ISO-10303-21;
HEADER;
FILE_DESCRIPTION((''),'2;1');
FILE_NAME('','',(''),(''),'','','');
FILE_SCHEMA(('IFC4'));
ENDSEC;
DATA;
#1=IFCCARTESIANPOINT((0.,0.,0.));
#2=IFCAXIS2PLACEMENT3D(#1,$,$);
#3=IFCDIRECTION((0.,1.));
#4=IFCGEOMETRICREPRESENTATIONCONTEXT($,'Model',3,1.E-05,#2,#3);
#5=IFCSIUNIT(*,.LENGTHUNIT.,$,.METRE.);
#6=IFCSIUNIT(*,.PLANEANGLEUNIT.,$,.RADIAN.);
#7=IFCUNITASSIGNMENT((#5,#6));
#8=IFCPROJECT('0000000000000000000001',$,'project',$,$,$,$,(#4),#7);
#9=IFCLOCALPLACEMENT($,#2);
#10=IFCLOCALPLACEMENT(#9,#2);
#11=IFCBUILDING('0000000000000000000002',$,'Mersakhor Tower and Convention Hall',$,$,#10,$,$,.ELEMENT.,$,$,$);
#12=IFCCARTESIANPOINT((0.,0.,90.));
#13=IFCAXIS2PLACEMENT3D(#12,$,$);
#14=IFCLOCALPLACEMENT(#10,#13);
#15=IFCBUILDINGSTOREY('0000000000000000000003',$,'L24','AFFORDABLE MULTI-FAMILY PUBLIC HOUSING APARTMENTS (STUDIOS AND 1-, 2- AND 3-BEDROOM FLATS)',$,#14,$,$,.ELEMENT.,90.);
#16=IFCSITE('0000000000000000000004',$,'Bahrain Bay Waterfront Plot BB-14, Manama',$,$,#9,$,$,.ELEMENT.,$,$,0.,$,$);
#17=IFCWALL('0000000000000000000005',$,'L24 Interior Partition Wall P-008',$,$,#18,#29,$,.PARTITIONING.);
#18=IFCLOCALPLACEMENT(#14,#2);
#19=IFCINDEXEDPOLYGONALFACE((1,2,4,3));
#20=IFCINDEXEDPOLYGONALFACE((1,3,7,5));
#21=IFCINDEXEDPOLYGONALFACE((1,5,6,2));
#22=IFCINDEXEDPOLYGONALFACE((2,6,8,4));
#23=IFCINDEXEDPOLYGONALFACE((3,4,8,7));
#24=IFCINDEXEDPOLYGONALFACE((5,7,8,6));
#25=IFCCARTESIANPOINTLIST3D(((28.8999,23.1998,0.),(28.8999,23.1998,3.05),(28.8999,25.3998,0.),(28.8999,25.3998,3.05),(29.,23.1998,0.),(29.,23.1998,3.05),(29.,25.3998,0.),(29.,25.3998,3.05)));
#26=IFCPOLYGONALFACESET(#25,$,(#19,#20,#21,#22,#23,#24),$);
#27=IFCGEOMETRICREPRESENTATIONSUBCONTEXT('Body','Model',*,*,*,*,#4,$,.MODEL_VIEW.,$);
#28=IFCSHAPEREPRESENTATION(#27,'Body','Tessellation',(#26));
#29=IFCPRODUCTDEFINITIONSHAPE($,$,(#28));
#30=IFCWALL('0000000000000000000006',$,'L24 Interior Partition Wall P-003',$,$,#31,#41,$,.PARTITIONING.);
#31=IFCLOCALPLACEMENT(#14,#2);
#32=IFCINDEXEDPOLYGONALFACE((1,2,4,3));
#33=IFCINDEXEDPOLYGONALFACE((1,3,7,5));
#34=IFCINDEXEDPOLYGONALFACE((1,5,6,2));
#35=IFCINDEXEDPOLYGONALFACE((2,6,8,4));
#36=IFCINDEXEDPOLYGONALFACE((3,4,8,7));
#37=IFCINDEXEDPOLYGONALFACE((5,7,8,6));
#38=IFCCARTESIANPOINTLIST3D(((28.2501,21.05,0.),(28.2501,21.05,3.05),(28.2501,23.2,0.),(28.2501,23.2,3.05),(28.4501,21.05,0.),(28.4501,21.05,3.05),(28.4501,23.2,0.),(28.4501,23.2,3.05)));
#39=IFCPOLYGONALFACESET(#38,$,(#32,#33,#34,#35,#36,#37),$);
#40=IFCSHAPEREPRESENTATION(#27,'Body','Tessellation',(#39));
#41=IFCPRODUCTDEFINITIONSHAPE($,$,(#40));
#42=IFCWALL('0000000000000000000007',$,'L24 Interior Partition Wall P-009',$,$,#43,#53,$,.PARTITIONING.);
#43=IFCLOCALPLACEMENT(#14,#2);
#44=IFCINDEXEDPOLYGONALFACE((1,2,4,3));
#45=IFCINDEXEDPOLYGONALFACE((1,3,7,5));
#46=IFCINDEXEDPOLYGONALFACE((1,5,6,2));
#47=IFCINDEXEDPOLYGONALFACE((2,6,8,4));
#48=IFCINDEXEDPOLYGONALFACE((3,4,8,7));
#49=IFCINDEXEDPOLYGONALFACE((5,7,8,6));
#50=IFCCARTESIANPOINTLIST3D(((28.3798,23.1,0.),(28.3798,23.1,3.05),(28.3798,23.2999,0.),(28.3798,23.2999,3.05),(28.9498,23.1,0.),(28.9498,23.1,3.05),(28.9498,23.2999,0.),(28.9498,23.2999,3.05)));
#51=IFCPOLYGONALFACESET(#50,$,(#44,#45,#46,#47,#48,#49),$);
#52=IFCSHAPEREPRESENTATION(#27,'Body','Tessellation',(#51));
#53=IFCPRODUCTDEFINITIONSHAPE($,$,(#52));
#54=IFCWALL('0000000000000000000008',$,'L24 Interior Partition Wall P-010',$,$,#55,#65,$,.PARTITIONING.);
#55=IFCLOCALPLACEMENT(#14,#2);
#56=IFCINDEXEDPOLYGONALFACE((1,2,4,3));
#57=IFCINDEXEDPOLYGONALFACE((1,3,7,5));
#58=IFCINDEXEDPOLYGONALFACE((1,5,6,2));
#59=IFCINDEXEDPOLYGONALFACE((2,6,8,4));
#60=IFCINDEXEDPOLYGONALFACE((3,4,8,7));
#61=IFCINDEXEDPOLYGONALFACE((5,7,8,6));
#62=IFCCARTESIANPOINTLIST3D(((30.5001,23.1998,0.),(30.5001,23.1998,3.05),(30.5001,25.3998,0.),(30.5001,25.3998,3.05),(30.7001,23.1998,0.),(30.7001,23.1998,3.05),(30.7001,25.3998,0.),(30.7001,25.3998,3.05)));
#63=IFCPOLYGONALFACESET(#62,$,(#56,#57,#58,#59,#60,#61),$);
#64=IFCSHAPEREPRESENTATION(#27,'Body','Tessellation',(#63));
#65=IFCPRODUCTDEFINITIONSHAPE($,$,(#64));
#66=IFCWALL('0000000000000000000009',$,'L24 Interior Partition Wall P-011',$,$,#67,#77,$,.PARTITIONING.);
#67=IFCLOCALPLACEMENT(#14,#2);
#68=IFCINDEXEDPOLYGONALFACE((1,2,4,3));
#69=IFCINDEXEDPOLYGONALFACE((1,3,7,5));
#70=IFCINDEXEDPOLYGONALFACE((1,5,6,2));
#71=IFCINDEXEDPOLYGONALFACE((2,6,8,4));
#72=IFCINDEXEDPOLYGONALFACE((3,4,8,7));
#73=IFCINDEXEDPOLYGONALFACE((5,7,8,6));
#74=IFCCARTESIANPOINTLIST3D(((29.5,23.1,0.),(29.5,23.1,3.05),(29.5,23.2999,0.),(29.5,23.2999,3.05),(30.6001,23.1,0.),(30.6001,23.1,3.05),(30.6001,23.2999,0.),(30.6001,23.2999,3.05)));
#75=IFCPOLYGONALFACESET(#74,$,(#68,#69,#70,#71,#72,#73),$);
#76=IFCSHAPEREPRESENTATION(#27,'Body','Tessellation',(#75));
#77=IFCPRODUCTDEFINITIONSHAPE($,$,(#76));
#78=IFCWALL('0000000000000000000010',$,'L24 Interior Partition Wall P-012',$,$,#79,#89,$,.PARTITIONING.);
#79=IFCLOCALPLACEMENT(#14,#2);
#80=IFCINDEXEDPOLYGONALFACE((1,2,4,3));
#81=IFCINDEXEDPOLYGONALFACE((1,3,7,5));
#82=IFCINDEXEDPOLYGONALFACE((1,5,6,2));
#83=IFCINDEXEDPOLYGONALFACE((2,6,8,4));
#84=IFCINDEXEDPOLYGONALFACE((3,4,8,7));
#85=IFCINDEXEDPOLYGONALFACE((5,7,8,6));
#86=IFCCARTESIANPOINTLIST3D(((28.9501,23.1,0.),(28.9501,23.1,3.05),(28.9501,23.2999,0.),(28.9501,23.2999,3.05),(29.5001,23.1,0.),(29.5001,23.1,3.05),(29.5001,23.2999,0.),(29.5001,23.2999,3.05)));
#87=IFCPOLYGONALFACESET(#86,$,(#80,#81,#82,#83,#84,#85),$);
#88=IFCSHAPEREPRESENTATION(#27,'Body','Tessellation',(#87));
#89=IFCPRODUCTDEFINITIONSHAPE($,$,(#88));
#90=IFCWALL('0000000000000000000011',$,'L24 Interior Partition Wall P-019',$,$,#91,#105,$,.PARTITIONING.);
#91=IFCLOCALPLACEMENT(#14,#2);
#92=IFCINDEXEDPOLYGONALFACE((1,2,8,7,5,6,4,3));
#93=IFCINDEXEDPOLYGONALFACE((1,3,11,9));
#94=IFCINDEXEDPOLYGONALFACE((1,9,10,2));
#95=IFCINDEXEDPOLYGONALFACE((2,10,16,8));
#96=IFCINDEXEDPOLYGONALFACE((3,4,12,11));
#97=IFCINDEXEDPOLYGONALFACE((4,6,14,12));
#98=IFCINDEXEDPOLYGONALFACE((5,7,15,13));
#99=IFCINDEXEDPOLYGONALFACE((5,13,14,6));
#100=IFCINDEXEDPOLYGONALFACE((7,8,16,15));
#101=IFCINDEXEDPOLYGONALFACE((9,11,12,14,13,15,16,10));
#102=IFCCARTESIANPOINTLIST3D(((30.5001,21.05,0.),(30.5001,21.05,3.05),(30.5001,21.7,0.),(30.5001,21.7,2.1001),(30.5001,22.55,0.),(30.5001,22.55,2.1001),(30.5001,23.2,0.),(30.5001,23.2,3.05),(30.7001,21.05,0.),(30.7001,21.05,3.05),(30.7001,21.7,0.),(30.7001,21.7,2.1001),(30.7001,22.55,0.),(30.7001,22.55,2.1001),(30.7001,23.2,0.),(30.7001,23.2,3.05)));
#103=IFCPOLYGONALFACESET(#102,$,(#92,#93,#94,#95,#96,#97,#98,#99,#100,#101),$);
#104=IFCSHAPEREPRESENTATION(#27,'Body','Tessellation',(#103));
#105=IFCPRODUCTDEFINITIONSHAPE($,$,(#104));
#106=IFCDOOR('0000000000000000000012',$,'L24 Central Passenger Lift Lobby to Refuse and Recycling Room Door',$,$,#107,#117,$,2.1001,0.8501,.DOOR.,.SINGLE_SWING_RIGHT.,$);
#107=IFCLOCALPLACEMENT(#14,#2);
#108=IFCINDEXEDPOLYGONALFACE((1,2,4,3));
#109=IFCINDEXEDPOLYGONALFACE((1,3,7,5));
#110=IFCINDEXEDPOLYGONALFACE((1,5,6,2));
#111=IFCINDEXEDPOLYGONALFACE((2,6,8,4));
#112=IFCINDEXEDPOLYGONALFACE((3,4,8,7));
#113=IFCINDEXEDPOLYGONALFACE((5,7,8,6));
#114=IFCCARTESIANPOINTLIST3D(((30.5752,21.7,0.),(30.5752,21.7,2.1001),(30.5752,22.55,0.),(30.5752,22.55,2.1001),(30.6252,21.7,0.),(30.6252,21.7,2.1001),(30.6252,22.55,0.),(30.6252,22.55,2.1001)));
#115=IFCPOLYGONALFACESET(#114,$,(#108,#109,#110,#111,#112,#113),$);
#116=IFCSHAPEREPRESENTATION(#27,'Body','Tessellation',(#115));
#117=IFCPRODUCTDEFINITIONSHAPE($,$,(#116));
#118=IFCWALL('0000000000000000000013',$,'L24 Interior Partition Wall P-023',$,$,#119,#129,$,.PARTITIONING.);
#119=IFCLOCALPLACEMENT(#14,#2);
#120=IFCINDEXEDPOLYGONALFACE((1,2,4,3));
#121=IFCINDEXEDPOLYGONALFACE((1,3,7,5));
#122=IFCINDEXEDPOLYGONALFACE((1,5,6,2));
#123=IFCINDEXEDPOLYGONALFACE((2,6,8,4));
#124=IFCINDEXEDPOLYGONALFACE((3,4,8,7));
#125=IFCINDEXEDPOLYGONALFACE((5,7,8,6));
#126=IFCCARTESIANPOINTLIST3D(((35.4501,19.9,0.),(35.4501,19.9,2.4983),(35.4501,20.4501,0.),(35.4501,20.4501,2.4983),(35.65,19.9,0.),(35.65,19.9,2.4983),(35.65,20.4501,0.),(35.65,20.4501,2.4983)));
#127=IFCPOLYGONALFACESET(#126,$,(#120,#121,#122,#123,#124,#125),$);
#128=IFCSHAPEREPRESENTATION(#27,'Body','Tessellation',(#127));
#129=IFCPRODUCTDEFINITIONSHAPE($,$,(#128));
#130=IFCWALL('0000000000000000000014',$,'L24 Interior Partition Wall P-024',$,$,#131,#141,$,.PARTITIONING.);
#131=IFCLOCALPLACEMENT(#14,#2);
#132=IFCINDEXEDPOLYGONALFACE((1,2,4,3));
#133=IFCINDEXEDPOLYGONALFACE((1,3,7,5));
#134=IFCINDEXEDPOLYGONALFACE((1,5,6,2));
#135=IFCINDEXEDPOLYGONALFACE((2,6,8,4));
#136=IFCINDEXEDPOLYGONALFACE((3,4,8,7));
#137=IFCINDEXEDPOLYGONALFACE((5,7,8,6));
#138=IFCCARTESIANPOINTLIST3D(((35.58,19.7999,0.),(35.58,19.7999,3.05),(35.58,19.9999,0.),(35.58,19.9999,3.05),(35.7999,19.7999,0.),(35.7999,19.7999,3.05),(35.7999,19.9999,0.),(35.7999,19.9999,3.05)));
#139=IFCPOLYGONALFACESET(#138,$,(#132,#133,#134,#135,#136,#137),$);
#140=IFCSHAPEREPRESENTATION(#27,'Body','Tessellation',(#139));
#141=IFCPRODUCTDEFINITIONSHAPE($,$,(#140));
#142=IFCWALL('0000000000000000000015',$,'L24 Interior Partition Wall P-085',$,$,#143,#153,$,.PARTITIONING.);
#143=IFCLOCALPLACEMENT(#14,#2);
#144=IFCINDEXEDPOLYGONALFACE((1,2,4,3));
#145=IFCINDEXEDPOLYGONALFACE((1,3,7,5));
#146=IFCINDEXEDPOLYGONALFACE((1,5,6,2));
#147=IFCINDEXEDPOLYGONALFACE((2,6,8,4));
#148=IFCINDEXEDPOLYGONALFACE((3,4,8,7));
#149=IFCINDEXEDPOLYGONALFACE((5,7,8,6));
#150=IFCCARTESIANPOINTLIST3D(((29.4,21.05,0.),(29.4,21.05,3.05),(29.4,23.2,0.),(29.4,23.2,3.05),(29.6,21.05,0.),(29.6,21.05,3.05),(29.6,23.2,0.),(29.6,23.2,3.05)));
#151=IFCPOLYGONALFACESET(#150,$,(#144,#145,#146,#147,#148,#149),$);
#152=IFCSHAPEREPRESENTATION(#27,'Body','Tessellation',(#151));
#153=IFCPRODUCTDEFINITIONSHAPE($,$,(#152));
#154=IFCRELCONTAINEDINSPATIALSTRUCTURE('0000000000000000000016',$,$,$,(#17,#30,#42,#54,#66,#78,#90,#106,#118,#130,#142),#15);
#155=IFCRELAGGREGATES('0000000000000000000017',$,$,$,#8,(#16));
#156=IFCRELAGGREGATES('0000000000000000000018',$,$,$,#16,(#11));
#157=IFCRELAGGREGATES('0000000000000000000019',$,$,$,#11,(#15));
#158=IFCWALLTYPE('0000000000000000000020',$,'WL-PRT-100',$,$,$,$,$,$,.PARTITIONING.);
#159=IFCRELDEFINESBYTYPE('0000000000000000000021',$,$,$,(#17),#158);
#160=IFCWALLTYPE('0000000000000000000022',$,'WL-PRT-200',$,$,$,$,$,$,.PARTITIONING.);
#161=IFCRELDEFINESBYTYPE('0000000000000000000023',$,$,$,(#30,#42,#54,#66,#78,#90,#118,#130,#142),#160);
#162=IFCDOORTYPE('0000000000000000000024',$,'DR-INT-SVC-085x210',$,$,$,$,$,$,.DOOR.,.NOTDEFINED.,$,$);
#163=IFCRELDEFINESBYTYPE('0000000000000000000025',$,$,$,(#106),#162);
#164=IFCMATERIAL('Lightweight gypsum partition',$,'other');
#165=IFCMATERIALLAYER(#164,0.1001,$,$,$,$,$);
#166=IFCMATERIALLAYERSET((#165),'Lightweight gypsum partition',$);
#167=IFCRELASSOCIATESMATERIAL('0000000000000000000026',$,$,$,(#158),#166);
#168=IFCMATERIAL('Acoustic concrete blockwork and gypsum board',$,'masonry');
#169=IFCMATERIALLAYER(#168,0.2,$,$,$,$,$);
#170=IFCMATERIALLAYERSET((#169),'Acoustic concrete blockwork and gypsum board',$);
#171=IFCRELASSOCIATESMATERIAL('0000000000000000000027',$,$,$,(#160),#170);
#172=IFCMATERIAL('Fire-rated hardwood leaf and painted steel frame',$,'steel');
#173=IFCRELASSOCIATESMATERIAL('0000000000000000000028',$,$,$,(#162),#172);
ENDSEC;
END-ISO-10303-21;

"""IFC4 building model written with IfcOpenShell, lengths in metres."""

from ifc_helpers import new_model, si_unit, direction, frame, frame_2d, origin, place, context, subcontext, project, spatial, rectangle, extrude, material, layer, layer_set, type_object, element, fill, save


model = new_model("IFC4")

# Units and contexts
model_context = context("Model", 3, precision=1e-05, world=origin(), true_north=direction((0.0, 1.0)))
body_context = subcontext(model_context, "Body", "Model", "MODEL_VIEW")
ifc_project = project(units=[si_unit("LENGTHUNIT", "METRE"), si_unit("PLANEANGLEUNIT", "RADIAN")], contexts=[model_context])

# Site, building, storey
site_placement = place(None, origin())
site = spatial("IfcSite", under=ifc_project, at=site_placement, Name="Bahrain Bay Waterfront Plot BB-14, Manama", CompositionType="ELEMENT", RefElevation=0.0)
building_placement = place(site_placement, origin())
building = spatial("IfcBuilding", under=site, at=building_placement, Name="Mersakhor Tower and Convention Hall", CompositionType="ELEMENT")
storey_placement = place(building_placement, frame((0.0, 0.0, 90.0)))
storey = spatial("IfcBuildingStorey", under=building, at=storey_placement, Name="L24", Description="AFFORDABLE MULTI-FAMILY PUBLIC HOUSING APARTMENTS (STUDIOS AND 1-, 2- AND 3-BEDROOM FLATS)", CompositionType="ELEMENT", Elevation=90.0)

# Walls
ifc_material_1 = material(Name="Lightweight gypsum partition", Category="other")
ifc_layer_1 = layer(ifc_material_1, 0.1001)
ifc_layer_set_1 = layer_set([ifc_layer_1], Name="Lightweight gypsum partition")
wall_type_1 = type_object("IfcWallType", Name="WL-PRT-100", PredefinedType="PARTITIONING", material=ifc_layer_set_1)
wall_1_placement = place(storey_placement, frame((28.95, 25.3999, 0.0), z_axis=(0.0, 0.0, 1.0), x_axis=(0.0, -1.0, 0.0)))
element("IfcWall", 1, at=wall_1_placement, inside=storey, type_object=wall_type_1, Name="L24 Interior Partition Wall P-008", PredefinedType="PARTITIONING", context=body_context, shape_type="SweptSolid", body=[
    extrude(rectangle(XDim=2.2, YDim=0.1001, at=frame_2d((1.1001, 0.0))), origin(), (0.0, 0.0, 1.0), 3.05),
])
ifc_material_2 = material(Name="Acoustic concrete blockwork and gypsum board", Category="masonry")
ifc_layer_2 = layer(ifc_material_2, 0.2)
ifc_layer_set_2 = layer_set([ifc_layer_2], Name="Acoustic concrete blockwork and gypsum board")
wall_type_2 = type_object("IfcWallType", Name="WL-PRT-200", PredefinedType="PARTITIONING", material=ifc_layer_set_2)
wall_2_placement = place(storey_placement, frame((28.3501, 23.2, 0.0), z_axis=(0.0, 0.0, 1.0), x_axis=(0.0, -1.0, 0.0)))
element("IfcWall", 2, at=wall_2_placement, inside=storey, type_object=wall_type_2, Name="L24 Interior Partition Wall P-003", PredefinedType="PARTITIONING", context=body_context, shape_type="SweptSolid", body=[
    extrude(rectangle(XDim=2.1499, YDim=0.2, at=frame_2d((1.075, 0.0))), origin(), (0.0, 0.0, 1.0), 3.05),
])
wall_3_placement = place(storey_placement, frame((28.95, 23.2, 0.0), z_axis=(0.0, 0.0, 1.0), x_axis=(-1.0, 0.0, 0.0)))
element("IfcWall", 3, at=wall_3_placement, inside=storey, type_object=wall_type_2, Name="L24 Interior Partition Wall P-009", PredefinedType="PARTITIONING", context=body_context, shape_type="SweptSolid", body=[
    extrude(rectangle(XDim=0.5701, YDim=0.2, at=frame_2d((0.2852, 0.0))), origin(), (0.0, 0.0, 1.0), 3.05),
])
wall_4_placement = place(storey_placement, frame((30.6001, 25.3999, 0.0), z_axis=(0.0, 0.0, 1.0), x_axis=(0.0, -1.0, 0.0)))
element("IfcWall", 4, at=wall_4_placement, inside=storey, type_object=wall_type_2, Name="L24 Interior Partition Wall P-010", PredefinedType="PARTITIONING", context=body_context, shape_type="SweptSolid", body=[
    extrude(rectangle(XDim=2.2, YDim=0.2, at=frame_2d((1.1001, 0.0))), origin(), (0.0, 0.0, 1.0), 3.05),
])
wall_5_placement = place(storey_placement, frame((30.6001, 23.2, 0.0), z_axis=(0.0, 0.0, 1.0), x_axis=(-1.0, 0.0, 0.0)))
element("IfcWall", 5, at=wall_5_placement, inside=storey, type_object=wall_type_2, Name="L24 Interior Partition Wall P-011", PredefinedType="PARTITIONING", context=body_context, shape_type="SweptSolid", body=[
    extrude(rectangle(XDim=1.1001, YDim=0.2, at=frame_2d((0.55, 0.0))), origin(), (0.0, 0.0, 1.0), 3.05),
])
wall_6_placement = place(storey_placement, frame((29.5, 23.2, 0.0), z_axis=(0.0, 0.0, 1.0), x_axis=(-1.0, 0.0, 0.0)))
element("IfcWall", 6, at=wall_6_placement, inside=storey, type_object=wall_type_2, Name="L24 Interior Partition Wall P-012", PredefinedType="PARTITIONING", context=body_context, shape_type="SweptSolid", body=[
    extrude(rectangle(XDim=0.55, YDim=0.2, at=frame_2d((0.2749, 0.0))), origin(), (0.0, 0.0, 1.0), 3.05),
])

# Wall, opening, door
wall_7_placement = place(storey_placement, frame((30.6001, 21.05, 0.0), z_axis=(0.0, 0.0, 1.0), x_axis=(0.0, 1.0, 0.0)))
wall_7 = element("IfcWall", 7, at=wall_7_placement, inside=storey, type_object=wall_type_2, Name="L24 Interior Partition Wall P-019", PredefinedType="PARTITIONING", context=body_context, shape_type="SweptSolid", body=[
    extrude(rectangle(XDim=2.1499, YDim=0.2, at=frame_2d((1.075, 0.0))), origin(), (0.0, 0.0, 1.0), 3.05),
])
opening_1_placement = place(wall_7_placement, frame((0.6499, 0.0, 0.0)))
opening_1 = element("IfcOpeningElement", 8, at=opening_1_placement, cuts=wall_7, PredefinedType="OPENING", context=body_context, shape_type="SweptSolid", body=[
    extrude(rectangle(XDim=0.8501, YDim=2.1001, at=frame_2d((0.425, 1.05))), frame((0.0, 0.1099, 0.0), z_axis=(0.0, -1.0, 0.0), x_axis=(1.0, 0.0, 0.0)), (0.0, 0.0, 1.0), 0.22),
])
ifc_material_3 = material(Name="Fire-rated hardwood leaf and painted steel frame", Category="steel")
door_type_1 = type_object("IfcDoorType", Name="DR-INT-SVC-085x210", OperationType="NOTDEFINED", PredefinedType="DOOR", material=ifc_material_3)
door_1_placement = place(opening_1_placement, origin())
door_1 = element("IfcDoor", 9, at=door_1_placement, inside=storey, type_object=door_type_1, Name="L24 Central Passenger Lift Lobby to Refuse and Recycling Room Door", OperationType="SINGLE_SWING_RIGHT", OverallHeight=2.1001, OverallWidth=0.8501, PredefinedType="DOOR", context=body_context, shape_type="SweptSolid", body=[
    extrude(rectangle(XDim=0.8501, YDim=2.1001, at=frame_2d((0.425, 1.05))), frame((0.0, 0.0249, 0.0), z_axis=(0.0, -1.0, 0.0), x_axis=(1.0, 0.0, 0.0)), (0.0, 0.0, 1.0), 0.05),
])
fill(opening_1, door_1)

# Walls
wall_8_placement = place(storey_placement, frame((35.55, 20.45, 0.0), z_axis=(0.0, 0.0, 1.0), x_axis=(0.0, -1.0, 0.0)))
element("IfcWall", 10, at=wall_8_placement, inside=storey, type_object=wall_type_2, Name="L24 Interior Partition Wall P-023", PredefinedType="PARTITIONING", context=body_context, shape_type="SweptSolid", body=[
    extrude(rectangle(XDim=0.55, YDim=0.2, at=frame_2d((0.2749, 0.0))), origin(), (0.0, 0.0, 1.0), 2.4983),
])
wall_9_placement = place(storey_placement, frame((35.5801, 19.8999, 0.0), z_axis=(0.0, 0.0, 1.0), x_axis=(1.0, 0.0, 0.0)))
element("IfcWall", 11, at=wall_9_placement, inside=storey, type_object=wall_type_2, Name="L24 Interior Partition Wall P-024", PredefinedType="PARTITIONING", context=body_context, shape_type="SweptSolid", body=[
    extrude(rectangle(XDim=0.22, YDim=0.2, at=frame_2d((0.1099, 0.0))), origin(), (0.0, 0.0, 1.0), 3.05),
])
wall_10_placement = place(storey_placement, frame((29.5, 23.2, 0.0), z_axis=(0.0, 0.0, 1.0), x_axis=(0.0, -1.0, 0.0)))
element("IfcWall", 12, at=wall_10_placement, inside=storey, type_object=wall_type_2, Name="L24 Interior Partition Wall P-085", PredefinedType="PARTITIONING", context=body_context, shape_type="SweptSolid", body=[
    extrude(rectangle(XDim=2.1499, YDim=0.2, at=frame_2d((1.075, 0.0))), origin(), (0.0, 0.0, 1.0), 3.05),
])

save(model, "model.ifc")
